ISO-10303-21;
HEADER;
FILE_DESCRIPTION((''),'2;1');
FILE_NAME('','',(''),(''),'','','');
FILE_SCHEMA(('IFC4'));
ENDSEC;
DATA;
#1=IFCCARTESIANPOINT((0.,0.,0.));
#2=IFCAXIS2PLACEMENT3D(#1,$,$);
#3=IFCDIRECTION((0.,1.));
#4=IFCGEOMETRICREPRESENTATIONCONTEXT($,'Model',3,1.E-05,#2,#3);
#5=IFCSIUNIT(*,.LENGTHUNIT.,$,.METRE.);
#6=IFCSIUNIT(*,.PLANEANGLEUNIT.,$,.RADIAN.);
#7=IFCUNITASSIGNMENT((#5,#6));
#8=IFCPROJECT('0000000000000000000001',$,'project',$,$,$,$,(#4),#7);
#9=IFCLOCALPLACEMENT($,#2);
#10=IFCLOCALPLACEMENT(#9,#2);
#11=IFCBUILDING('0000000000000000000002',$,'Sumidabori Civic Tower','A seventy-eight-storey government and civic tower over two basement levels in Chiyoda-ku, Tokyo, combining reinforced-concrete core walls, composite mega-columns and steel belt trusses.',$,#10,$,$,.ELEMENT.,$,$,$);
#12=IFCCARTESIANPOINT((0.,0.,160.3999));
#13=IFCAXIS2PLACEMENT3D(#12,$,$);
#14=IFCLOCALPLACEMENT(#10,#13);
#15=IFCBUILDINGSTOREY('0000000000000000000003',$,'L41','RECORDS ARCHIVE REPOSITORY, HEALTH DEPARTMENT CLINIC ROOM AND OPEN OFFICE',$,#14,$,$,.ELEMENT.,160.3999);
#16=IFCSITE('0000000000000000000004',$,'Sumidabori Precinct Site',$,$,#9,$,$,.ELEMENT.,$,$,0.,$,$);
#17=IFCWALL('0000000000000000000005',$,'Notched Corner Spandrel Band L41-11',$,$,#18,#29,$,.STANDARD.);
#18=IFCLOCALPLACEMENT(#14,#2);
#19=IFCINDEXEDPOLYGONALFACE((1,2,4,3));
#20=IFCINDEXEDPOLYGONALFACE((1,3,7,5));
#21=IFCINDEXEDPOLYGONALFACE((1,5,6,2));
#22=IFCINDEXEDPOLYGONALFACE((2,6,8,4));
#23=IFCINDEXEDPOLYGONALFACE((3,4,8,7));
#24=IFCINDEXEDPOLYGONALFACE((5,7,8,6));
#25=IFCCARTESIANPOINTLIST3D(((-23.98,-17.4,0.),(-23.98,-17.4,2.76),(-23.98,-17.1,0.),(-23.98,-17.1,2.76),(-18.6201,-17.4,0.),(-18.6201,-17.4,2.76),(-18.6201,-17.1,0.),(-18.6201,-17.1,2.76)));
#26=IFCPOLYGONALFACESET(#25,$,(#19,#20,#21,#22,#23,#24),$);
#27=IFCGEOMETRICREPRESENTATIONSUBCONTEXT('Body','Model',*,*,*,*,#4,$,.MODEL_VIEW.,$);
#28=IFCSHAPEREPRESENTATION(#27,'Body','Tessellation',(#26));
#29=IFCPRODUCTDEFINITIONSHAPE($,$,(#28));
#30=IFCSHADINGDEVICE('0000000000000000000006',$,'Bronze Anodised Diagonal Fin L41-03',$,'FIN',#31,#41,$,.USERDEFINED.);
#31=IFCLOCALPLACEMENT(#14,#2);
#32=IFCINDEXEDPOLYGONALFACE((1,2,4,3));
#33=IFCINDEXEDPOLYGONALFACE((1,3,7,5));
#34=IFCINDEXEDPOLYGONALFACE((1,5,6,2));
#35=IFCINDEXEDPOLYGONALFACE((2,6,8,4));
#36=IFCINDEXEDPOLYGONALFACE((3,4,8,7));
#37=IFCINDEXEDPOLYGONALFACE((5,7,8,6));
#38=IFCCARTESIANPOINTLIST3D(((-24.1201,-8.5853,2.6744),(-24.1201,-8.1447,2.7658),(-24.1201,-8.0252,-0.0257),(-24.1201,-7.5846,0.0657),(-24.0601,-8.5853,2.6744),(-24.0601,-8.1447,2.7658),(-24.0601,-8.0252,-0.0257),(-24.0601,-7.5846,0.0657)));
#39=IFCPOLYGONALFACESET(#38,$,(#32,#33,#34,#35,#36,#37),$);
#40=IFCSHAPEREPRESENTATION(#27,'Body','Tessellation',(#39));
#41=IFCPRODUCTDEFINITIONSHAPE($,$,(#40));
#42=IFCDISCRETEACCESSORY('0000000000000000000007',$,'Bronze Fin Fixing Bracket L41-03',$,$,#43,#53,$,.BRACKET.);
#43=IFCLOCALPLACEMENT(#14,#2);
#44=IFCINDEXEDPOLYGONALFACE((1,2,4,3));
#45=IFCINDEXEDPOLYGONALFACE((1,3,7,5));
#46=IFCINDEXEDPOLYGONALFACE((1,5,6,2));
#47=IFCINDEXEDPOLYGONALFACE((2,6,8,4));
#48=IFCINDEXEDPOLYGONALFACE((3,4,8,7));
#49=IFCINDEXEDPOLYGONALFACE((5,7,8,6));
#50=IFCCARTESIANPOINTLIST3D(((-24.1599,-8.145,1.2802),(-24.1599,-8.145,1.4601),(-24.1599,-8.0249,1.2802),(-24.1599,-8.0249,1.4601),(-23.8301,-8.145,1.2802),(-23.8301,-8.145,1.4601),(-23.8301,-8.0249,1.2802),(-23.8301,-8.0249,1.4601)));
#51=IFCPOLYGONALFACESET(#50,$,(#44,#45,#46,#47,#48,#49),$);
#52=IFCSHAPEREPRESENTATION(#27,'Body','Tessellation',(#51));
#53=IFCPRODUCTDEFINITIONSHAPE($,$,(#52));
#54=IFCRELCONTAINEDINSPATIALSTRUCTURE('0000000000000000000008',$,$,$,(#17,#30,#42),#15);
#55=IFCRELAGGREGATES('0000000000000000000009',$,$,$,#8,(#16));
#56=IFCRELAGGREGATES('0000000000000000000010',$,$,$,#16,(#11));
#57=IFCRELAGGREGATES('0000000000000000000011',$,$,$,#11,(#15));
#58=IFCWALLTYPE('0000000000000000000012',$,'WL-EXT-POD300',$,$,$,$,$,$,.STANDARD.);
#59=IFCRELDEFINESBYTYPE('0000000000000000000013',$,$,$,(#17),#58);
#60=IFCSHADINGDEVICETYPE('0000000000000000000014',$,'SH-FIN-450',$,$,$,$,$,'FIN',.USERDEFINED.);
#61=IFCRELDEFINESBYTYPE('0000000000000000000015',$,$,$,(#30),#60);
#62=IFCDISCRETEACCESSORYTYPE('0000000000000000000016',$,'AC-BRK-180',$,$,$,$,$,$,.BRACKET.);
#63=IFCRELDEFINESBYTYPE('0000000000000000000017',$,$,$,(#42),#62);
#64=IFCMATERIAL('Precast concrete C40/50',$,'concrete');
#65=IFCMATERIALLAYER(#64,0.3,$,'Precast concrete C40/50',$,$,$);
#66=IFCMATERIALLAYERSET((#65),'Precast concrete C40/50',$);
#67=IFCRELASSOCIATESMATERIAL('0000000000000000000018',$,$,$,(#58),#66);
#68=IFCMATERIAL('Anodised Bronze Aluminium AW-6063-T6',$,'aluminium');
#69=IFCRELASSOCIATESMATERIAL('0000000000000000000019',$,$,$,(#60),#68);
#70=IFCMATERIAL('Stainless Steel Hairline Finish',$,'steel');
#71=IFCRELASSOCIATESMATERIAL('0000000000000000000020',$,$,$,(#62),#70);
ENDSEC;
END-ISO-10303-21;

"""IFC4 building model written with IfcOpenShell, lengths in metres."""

from ifc_helpers import new_model, si_unit, direction, frame, frame_2d, origin, origin_2d, place, context, subcontext, project, spatial, rectangle, extrude, source, transform, mapped, material, layer, layer_set, material_profile, profile_set, type_object, element, save


model = new_model("IFC4")

# Units and contexts
model_context = context("Model", 3, precision=1e-05, world=origin(), true_north=direction((0.0, 1.0)))
body_context = subcontext(model_context, "Body", "Model", "MODEL_VIEW")
ifc_project = project(units=[si_unit("LENGTHUNIT", "METRE"), si_unit("PLANEANGLEUNIT", "RADIAN")], contexts=[model_context])

# Site, building, storey
site_placement = place(None, origin())
site = spatial("IfcSite", under=ifc_project, at=site_placement, Name="Sumidabori Precinct Site", CompositionType="ELEMENT", RefElevation=0.0)
building_placement = place(site_placement, origin())
building = spatial("IfcBuilding", under=site, at=building_placement, Name="Sumidabori Civic Tower", Description="A seventy-eight-storey government and civic tower over two basement levels in Chiyoda-ku, Tokyo, combining reinforced-concrete core walls, composite mega-columns and steel belt trusses.", CompositionType="ELEMENT")
storey_placement = place(building_placement, frame((0.0, 0.0, 160.3999)))
storey = spatial("IfcBuildingStorey", under=building, at=storey_placement, Name="L41", Description="RECORDS ARCHIVE REPOSITORY, HEALTH DEPARTMENT CLINIC ROOM AND OPEN OFFICE", CompositionType="ELEMENT", Elevation=160.3999)

# Shared definitions
ifc_material_1 = material(Name="Anodised Bronze Aluminium AW-6063-T6", Category="aluminium")

# Wall
ifc_material_2 = material(Name="Precast concrete C40/50", Category="concrete")
ifc_layer_1 = layer(ifc_material_2, 0.3, Name="Precast concrete C40/50")
ifc_layer_set_1 = layer_set([ifc_layer_1], Name="Precast concrete C40/50")
wall_type = type_object("IfcWallType", Name="WL-EXT-POD300", PredefinedType="STANDARD", material=ifc_layer_set_1)
shared_shape_1 = source(origin(), body_context, "Body", "SweptSolid", [
    extrude(rectangle(XDim=5.3599, YDim=0.3, at=frame_2d((2.6799, 0.0))), origin(), (0.0, 0.0, 1.0), 2.76),
])
wall_1_placement = place(storey_placement, frame((-23.98, -17.25, 0.0), z_axis=(0.0, 0.0, 1.0), x_axis=(1.0, 0.0, 0.0)))
element("IfcWall", 1, at=wall_1_placement, inside=storey, type_object=wall_type, Name="Notched Corner Spandrel Band L41-11", PredefinedType="STANDARD", context=body_context, shape_type="MappedRepresentation", body=[
    mapped(shared_shape_1, transform((0.0, 0.0, 0.0), x_axis=(1.0, 0.0, 0.0), y_axis=(0.0, 1.0, 0.0), z_axis=(0.0, 0.0, 1.0), scale=1.0)),
])

# Shading device
ifc_material_profile_1 = material_profile(ifc_material_1, rectangle(XDim=0.0601, YDim=0.45, at=origin_2d()), Name="BRONZE FIN 450x60")
ifc_profile_set_1 = profile_set([ifc_material_profile_1], Name="Anodised Bronze Aluminium AW-6063-T6")
shading_device_type = type_object("IfcShadingDeviceType", Name="SH-FIN-450", ElementType="FIN", PredefinedType="USERDEFINED", material=ifc_profile_set_1)
shared_shape_2 = source(origin(), body_context, "Body", "SweptSolid", [
    extrude(rectangle(XDim=0.0601, YDim=0.45, at=origin_2d()), origin(), (0.0, 0.0, 1.0), 2.7576),
])
shading_device_placement = place(storey_placement, frame((-24.0901, -7.8049, 0.02), z_axis=(0.0, -0.203092, 0.97916), x_axis=(-1.0, 0.0, 0.0)))
element("IfcShadingDevice", 2, at=shading_device_placement, inside=storey, type_object=shading_device_type, Name="Bronze Anodised Diagonal Fin L41-03", ObjectType="FIN", PredefinedType="USERDEFINED", context=body_context, shape_type="MappedRepresentation", body=[
    mapped(shared_shape_2, transform((0.0, 0.0, 0.0), x_axis=(1.0, 0.0, 0.0), y_axis=(0.0, 1.0, 0.0), z_axis=(0.0, 0.0, 1.0), scale=1.0)),
])

# Discrete accessory
ifc_material_3 = material(Name="Stainless Steel Hairline Finish", Category="steel")
ifc_material_profile_2 = material_profile(ifc_material_3, rectangle(XDim=0.1201, YDim=0.1799, at=origin_2d()), Name="STEEL BRACKET 180x120")
ifc_profile_set_2 = profile_set([ifc_material_profile_2], Name="Stainless Steel Hairline Finish")
discrete_accessory_type = type_object("IfcDiscreteAccessoryType", Name="AC-BRK-180", PredefinedType="BRACKET", material=ifc_profile_set_2)
shared_shape_3 = source(origin(), body_context, "Body", "SweptSolid", [
    extrude(rectangle(XDim=0.1201, YDim=0.1799, at=origin_2d()), origin(), (0.0, 0.0, 1.0), 0.3298),
])
discrete_accessory_placement = place(storey_placement, frame((-23.8301, -8.085, 1.3701), z_axis=(-1.0, 0.0, 0.0), x_axis=(0.0, -1.0, 0.0)))
element("IfcDiscreteAccessory", 3, at=discrete_accessory_placement, inside=storey, type_object=discrete_accessory_type, Name="Bronze Fin Fixing Bracket L41-03", PredefinedType="BRACKET", context=body_context, shape_type="MappedRepresentation", body=[
    mapped(shared_shape_3, transform((0.0, 0.0, 0.0), x_axis=(1.0, 0.0, 0.0), y_axis=(0.0, 1.0, 0.0), z_axis=(0.0, 0.0, 1.0), scale=1.0)),
])

save(model, "model.ifc")
